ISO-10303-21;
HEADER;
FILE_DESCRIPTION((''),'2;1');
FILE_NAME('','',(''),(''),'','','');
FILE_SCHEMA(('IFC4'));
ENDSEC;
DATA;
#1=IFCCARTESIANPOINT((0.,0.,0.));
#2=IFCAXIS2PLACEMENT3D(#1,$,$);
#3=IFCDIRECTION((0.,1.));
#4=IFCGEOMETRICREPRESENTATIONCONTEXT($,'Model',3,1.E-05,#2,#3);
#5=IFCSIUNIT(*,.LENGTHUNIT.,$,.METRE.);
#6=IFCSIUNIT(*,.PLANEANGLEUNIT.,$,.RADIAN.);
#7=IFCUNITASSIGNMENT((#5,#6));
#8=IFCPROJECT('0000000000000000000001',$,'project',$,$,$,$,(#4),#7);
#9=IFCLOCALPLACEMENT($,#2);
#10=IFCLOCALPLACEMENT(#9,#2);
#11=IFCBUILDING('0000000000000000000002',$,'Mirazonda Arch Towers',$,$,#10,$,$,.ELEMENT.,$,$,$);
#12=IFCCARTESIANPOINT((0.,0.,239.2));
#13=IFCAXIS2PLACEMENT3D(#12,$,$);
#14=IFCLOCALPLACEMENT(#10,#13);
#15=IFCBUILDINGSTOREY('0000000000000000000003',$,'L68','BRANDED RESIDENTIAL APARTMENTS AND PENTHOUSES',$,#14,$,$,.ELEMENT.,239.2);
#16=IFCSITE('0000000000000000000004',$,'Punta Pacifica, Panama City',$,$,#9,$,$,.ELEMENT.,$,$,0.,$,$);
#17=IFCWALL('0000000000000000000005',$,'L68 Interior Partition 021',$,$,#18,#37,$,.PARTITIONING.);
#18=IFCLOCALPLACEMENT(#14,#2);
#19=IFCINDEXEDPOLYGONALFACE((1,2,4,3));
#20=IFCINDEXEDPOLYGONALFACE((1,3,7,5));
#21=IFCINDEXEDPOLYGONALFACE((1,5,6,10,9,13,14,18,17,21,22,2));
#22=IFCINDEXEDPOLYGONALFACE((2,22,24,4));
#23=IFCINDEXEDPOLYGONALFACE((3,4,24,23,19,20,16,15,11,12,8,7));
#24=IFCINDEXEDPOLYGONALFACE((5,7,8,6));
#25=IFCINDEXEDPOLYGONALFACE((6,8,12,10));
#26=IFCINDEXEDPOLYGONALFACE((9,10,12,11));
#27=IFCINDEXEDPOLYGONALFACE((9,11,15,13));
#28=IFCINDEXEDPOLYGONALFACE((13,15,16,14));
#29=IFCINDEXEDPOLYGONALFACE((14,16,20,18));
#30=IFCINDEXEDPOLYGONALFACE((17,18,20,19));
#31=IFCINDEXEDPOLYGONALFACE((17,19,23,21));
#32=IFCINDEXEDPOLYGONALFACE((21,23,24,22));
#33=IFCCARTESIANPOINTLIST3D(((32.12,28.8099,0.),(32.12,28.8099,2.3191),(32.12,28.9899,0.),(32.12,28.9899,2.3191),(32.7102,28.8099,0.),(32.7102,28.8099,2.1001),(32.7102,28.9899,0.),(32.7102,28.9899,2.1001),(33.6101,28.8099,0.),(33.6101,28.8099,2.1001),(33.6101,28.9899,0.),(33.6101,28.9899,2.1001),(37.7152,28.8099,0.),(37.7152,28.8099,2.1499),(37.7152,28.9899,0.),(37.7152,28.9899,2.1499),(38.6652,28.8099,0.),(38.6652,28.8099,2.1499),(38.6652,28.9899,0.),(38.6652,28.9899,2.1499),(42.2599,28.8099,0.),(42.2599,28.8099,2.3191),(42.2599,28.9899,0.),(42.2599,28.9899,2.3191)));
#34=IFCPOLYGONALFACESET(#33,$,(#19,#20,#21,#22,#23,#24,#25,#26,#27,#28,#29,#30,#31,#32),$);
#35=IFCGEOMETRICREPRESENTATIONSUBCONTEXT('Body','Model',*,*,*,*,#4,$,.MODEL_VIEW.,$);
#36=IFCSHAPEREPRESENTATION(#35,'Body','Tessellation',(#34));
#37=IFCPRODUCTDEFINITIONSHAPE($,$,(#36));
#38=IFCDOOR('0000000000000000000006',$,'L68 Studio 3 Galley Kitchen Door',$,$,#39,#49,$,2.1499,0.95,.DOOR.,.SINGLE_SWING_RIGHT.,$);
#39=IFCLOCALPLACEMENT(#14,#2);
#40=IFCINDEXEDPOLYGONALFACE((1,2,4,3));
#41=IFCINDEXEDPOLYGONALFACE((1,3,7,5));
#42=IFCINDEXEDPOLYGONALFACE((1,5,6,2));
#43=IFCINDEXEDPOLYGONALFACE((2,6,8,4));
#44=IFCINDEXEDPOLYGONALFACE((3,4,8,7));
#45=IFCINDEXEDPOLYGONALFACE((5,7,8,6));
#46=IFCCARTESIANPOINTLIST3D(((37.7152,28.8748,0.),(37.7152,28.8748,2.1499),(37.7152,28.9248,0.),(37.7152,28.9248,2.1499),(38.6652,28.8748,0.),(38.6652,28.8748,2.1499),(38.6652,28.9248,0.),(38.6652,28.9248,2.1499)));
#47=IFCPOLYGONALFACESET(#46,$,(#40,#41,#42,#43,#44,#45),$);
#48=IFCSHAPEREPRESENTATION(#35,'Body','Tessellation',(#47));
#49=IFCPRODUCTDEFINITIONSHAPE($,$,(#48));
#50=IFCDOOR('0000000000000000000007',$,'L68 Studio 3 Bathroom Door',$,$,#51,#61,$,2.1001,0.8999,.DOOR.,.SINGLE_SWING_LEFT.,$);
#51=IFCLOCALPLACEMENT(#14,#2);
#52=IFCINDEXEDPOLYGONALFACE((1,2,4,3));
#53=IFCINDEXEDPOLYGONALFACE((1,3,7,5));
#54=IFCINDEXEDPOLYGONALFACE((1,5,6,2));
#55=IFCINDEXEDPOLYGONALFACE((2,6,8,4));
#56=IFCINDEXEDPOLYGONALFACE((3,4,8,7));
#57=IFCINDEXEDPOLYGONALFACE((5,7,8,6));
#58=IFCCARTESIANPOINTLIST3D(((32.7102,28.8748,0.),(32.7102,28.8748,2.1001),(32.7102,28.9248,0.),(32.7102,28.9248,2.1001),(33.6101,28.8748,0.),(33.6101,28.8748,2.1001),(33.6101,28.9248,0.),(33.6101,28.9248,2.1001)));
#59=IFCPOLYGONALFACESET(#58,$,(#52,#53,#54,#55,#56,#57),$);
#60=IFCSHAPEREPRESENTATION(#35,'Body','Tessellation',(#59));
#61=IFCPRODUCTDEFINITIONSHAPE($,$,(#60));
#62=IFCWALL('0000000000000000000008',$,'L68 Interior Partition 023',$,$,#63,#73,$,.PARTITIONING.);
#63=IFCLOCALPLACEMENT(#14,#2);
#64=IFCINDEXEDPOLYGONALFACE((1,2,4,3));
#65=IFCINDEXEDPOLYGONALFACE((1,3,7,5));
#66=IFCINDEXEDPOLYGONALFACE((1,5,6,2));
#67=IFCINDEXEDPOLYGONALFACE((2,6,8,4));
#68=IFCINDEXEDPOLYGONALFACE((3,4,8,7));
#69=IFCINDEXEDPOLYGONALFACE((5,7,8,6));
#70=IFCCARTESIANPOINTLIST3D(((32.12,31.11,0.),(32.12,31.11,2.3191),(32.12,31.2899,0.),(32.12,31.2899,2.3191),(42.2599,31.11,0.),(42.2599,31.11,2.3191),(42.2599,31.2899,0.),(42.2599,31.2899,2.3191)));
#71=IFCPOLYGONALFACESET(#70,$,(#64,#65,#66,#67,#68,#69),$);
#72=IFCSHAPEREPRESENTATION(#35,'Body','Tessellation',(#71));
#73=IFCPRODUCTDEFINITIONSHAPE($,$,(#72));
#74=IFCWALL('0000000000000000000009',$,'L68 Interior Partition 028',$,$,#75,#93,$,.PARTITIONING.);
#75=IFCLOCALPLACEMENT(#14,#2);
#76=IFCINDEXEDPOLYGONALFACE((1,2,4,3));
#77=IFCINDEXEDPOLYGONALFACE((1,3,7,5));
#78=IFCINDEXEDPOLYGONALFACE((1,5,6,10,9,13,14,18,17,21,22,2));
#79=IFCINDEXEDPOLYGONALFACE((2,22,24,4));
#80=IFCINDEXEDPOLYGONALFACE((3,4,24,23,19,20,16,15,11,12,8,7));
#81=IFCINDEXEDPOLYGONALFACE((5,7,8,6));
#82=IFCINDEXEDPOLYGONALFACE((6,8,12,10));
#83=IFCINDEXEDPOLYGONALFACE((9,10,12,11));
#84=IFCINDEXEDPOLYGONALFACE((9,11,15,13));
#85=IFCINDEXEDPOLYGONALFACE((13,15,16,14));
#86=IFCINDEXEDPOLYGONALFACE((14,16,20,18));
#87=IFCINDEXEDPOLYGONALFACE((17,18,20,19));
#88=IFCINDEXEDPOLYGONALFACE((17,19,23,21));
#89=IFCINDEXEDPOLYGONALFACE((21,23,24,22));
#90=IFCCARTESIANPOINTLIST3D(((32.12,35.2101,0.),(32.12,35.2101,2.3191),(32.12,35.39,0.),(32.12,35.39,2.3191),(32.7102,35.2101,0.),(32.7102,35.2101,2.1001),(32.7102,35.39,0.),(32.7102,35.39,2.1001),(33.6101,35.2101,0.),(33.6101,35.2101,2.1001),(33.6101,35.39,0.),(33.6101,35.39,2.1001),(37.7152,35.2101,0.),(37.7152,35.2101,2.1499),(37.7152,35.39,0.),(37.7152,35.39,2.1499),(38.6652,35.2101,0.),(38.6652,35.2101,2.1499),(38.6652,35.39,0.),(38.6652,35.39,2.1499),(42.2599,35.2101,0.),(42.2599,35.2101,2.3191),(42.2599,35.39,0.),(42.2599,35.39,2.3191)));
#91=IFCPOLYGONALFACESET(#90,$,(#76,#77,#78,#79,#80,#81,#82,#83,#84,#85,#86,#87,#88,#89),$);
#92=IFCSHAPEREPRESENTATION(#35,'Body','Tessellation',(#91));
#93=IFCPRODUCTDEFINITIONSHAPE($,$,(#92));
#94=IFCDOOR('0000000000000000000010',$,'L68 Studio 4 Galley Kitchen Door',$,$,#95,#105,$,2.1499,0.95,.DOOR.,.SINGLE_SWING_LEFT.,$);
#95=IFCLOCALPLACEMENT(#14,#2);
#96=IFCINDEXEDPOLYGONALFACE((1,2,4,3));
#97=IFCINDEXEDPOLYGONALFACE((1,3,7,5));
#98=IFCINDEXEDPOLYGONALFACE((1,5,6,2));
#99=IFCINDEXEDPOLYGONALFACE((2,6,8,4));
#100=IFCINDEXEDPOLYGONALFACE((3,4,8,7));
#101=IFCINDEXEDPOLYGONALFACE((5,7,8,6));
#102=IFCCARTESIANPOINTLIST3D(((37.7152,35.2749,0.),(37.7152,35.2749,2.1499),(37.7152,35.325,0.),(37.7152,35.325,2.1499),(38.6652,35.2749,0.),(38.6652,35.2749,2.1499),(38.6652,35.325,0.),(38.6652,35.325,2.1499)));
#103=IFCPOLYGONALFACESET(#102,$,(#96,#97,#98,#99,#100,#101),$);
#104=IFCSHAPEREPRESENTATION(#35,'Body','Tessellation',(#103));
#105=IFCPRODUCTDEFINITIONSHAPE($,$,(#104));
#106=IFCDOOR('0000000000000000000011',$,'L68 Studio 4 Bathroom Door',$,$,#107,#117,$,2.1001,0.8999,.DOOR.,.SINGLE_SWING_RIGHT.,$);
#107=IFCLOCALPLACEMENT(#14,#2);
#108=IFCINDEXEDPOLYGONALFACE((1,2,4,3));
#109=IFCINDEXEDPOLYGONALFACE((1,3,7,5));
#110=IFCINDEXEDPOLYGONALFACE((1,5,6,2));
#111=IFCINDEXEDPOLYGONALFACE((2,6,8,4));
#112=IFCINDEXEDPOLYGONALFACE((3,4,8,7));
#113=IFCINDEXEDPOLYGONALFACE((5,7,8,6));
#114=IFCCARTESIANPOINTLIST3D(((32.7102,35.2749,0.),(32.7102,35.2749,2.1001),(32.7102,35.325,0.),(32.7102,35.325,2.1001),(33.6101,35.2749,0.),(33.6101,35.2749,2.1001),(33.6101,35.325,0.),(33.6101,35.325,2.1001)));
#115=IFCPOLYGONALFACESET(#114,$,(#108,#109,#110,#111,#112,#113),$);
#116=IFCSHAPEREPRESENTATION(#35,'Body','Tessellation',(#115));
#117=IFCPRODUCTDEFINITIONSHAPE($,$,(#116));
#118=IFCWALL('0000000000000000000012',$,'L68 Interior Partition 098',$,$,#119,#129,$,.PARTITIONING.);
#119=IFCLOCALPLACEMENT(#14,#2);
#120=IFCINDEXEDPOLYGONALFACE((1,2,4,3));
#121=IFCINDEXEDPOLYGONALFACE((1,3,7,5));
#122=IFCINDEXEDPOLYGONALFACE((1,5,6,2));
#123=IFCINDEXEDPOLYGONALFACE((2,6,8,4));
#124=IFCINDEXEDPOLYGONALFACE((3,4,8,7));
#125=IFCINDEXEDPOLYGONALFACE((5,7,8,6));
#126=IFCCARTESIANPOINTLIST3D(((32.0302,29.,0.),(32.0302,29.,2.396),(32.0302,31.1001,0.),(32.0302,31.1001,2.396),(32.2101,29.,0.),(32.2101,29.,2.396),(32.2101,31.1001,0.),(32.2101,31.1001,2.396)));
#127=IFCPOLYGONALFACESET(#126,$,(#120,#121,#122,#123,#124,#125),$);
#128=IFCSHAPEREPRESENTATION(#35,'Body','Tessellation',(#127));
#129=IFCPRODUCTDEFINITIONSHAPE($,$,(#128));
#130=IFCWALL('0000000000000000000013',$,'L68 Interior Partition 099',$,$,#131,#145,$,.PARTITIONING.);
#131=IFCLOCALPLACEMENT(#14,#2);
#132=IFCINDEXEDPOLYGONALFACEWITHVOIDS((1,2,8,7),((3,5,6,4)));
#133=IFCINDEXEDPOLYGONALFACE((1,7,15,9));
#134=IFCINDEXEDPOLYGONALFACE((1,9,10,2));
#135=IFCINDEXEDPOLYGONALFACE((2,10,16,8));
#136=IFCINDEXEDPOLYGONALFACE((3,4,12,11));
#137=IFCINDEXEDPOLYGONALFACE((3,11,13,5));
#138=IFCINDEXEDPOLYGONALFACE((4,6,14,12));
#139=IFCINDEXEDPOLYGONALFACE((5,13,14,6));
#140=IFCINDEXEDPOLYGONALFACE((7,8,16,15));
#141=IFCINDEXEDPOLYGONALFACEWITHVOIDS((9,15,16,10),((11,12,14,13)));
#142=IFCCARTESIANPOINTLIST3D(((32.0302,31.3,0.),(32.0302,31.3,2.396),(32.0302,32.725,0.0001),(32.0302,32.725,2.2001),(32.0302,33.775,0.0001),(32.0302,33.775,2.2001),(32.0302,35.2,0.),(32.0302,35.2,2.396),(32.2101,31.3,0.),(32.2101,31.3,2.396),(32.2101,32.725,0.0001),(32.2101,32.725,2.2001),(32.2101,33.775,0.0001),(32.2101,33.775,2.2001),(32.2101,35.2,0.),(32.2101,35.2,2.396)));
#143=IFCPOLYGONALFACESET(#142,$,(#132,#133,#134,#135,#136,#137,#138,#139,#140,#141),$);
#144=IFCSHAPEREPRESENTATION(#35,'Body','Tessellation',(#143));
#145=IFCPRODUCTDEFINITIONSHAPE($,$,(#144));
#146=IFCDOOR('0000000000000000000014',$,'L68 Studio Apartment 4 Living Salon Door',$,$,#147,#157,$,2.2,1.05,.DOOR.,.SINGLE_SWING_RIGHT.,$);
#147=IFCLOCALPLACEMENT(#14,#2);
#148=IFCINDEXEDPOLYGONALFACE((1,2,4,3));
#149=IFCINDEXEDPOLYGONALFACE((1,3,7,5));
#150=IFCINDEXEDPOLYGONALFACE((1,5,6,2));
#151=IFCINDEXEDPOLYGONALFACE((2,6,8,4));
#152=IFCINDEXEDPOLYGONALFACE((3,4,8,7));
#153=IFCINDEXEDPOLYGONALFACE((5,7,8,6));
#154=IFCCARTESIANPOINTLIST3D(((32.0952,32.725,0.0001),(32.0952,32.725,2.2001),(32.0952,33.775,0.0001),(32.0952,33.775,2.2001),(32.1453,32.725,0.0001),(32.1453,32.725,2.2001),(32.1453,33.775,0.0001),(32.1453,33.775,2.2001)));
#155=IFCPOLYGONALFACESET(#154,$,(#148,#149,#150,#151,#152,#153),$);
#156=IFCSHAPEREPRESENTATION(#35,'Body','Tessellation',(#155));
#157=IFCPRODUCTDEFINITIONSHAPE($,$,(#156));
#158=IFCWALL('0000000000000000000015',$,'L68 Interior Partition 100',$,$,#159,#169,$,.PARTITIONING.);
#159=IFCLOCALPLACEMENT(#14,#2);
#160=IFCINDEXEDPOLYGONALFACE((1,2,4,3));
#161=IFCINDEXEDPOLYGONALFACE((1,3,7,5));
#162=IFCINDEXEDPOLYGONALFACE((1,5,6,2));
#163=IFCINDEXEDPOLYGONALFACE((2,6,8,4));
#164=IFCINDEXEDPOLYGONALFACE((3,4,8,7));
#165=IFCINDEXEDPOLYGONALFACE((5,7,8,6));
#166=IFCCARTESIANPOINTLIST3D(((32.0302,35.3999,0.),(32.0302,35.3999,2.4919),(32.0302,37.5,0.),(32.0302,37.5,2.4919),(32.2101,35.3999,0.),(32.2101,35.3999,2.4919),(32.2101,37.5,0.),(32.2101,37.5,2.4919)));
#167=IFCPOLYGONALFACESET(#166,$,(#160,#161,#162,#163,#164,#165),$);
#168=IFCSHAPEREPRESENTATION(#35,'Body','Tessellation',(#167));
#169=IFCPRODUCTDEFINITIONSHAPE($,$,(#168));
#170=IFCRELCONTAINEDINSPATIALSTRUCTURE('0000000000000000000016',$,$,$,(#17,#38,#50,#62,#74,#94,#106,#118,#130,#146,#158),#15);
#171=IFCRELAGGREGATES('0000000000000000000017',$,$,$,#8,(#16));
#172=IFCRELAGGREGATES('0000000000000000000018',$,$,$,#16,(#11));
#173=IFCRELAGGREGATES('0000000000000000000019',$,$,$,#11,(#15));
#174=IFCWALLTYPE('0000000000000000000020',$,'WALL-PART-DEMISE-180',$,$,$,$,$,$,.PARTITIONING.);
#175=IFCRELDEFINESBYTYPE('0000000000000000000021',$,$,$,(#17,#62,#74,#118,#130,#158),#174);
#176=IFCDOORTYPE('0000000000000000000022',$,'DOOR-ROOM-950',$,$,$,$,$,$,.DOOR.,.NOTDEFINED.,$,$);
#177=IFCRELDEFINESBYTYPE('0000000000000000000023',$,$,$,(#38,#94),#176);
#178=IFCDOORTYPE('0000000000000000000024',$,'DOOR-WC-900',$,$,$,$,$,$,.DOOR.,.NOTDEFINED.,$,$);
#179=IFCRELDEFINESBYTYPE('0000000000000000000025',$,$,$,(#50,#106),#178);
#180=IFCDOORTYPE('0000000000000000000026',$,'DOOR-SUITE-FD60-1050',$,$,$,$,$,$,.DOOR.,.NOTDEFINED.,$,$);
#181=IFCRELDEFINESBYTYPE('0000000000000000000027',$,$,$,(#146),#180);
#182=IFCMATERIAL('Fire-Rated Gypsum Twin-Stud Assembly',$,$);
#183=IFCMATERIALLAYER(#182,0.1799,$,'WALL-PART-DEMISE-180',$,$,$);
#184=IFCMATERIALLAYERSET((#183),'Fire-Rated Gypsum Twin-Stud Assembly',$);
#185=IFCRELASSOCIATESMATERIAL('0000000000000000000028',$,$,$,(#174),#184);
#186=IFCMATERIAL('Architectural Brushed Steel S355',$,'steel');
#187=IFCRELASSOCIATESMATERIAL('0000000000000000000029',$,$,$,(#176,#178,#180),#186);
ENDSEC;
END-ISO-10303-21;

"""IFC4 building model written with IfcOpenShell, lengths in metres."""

from ifc_helpers import new_model, si_unit, direction, frame, frame_2d, origin, place, context, subcontext, project, spatial, rectangle, extrude, material, layer, layer_set, type_object, element, fill, save


model = new_model("IFC4")

# Units and contexts
model_context = context("Model", 3, precision=1e-05, world=origin(), true_north=direction((0.0, 1.0)))
body_context = subcontext(model_context, "Body", "Model", "MODEL_VIEW")
ifc_project = project(units=[si_unit("LENGTHUNIT", "METRE"), si_unit("PLANEANGLEUNIT", "RADIAN")], contexts=[model_context])

# Site, building, storey
site_placement = place(None, origin())
site = spatial("IfcSite", under=ifc_project, at=site_placement, Name="Punta Pacifica, Panama City", CompositionType="ELEMENT", RefElevation=0.0)
building_placement = place(site_placement, origin())
building = spatial("IfcBuilding", under=site, at=building_placement, Name="Mirazonda Arch Towers", CompositionType="ELEMENT")
storey_placement = place(building_placement, frame((0.0, 0.0, 239.2)))
storey = spatial("IfcBuildingStorey", under=building, at=storey_placement, Name="L68", Description="BRANDED RESIDENTIAL APARTMENTS AND PENTHOUSES", CompositionType="ELEMENT", Elevation=239.2)

# Wall, openings, doors
ifc_material_1 = material(Name="Fire-Rated Gypsum Twin-Stud Assembly")
ifc_layer_1 = layer(ifc_material_1, 0.1799, Name="WALL-PART-DEMISE-180")
ifc_layer_set_1 = layer_set([ifc_layer_1], Name="Fire-Rated Gypsum Twin-Stud Assembly")
wall_type_1 = type_object("IfcWallType", Name="WALL-PART-DEMISE-180", PredefinedType="PARTITIONING", material=ifc_layer_set_1)
wall_1_placement = place(storey_placement, frame((32.1201, 28.8999, 0.0), z_axis=(0.0, 0.0, 1.0), x_axis=(1.0, 0.0, 0.0)))
wall_1 = element("IfcWall", 1, at=wall_1_placement, inside=storey, type_object=wall_type_1, Name="L68 Interior Partition 021", PredefinedType="PARTITIONING", context=body_context, shape_type="SweptSolid", body=[
    extrude(rectangle(XDim=10.1399, YDim=0.1799, at=frame_2d((5.0698, 0.0))), origin(), (0.0, 0.0, 1.0), 2.3191),
])
opening_1_placement = place(wall_1_placement, frame((5.595, 0.0, 0.0)))
opening_1 = element("IfcOpeningElement", 2, at=opening_1_placement, cuts=wall_1, PredefinedType="OPENING", context=body_context, shape_type="SweptSolid", body=[
    extrude(rectangle(XDim=0.95, YDim=2.1499, at=frame_2d((0.4751, 1.075))), frame((0.0, 0.0999, 0.0), z_axis=(0.0, -1.0, 0.0), x_axis=(1.0, 0.0, 0.0)), (0.0, 0.0, 1.0), 0.2),
])
opening_2_placement = place(wall_1_placement, frame((0.5901, 0.0, 0.0)))
opening_2 = element("IfcOpeningElement", 3, at=opening_2_placement, cuts=wall_1, PredefinedType="OPENING", context=body_context, shape_type="SweptSolid", body=[
    extrude(rectangle(XDim=0.8999, YDim=2.1001, at=frame_2d((0.45, 1.05))), frame((0.0, 0.0999, 0.0), z_axis=(0.0, -1.0, 0.0), x_axis=(1.0, 0.0, 0.0)), (0.0, 0.0, 1.0), 0.2),
])
ifc_material_2 = material(Name="Architectural Brushed Steel S355", Category="steel")
door_type_1 = type_object("IfcDoorType", Name="DOOR-ROOM-950", OperationType="NOTDEFINED", PredefinedType="DOOR", material=ifc_material_2)
door_1_placement = place(opening_1_placement, origin())
door_1 = element("IfcDoor", 4, at=door_1_placement, inside=storey, type_object=door_type_1, Name="L68 Studio 3 Galley Kitchen Door", OperationType="SINGLE_SWING_RIGHT", OverallHeight=2.1499, OverallWidth=0.95, PredefinedType="DOOR", context=body_context, shape_type="SweptSolid", body=[
    extrude(rectangle(XDim=0.95, YDim=2.1499, at=frame_2d((0.4751, 1.075))), frame((0.0, 0.0249, 0.0), z_axis=(0.0, -1.0, 0.0), x_axis=(1.0, 0.0, 0.0)), (0.0, 0.0, 1.0), 0.05),
])
fill(opening_1, door_1)
door_type_2 = type_object("IfcDoorType", Name="DOOR-WC-900", OperationType="NOTDEFINED", PredefinedType="DOOR", material=ifc_material_2)
door_2_placement = place(opening_2_placement, origin())
door_2 = element("IfcDoor", 5, at=door_2_placement, inside=storey, type_object=door_type_2, Name="L68 Studio 3 Bathroom Door", OperationType="SINGLE_SWING_LEFT", OverallHeight=2.1001, OverallWidth=0.8999, PredefinedType="DOOR", context=body_context, shape_type="SweptSolid", body=[
    extrude(rectangle(XDim=0.8999, YDim=2.1001, at=frame_2d((0.45, 1.05))), frame((0.0, 0.0249, 0.0), z_axis=(0.0, -1.0, 0.0), x_axis=(1.0, 0.0, 0.0)), (0.0, 0.0, 1.0), 0.05),
])
fill(opening_2, door_2)

# Wall
wall_2_placement = place(storey_placement, frame((32.1201, 31.2, 0.0), z_axis=(0.0, 0.0, 1.0), x_axis=(1.0, 0.0, 0.0)))
element("IfcWall", 6, at=wall_2_placement, inside=storey, type_object=wall_type_1, Name="L68 Interior Partition 023", PredefinedType="PARTITIONING", context=body_context, shape_type="SweptSolid", body=[
    extrude(rectangle(XDim=10.1399, YDim=0.1799, at=frame_2d((5.0698, 0.0))), origin(), (0.0, 0.0, 1.0), 2.3191),
])

# Wall, openings, doors
wall_3_placement = place(storey_placement, frame((32.1201, 35.3, 0.0), z_axis=(0.0, 0.0, 1.0), x_axis=(1.0, 0.0, 0.0)))
wall_3 = element("IfcWall", 7, at=wall_3_placement, inside=storey, type_object=wall_type_1, Name="L68 Interior Partition 028", PredefinedType="PARTITIONING", context=body_context, shape_type="SweptSolid", body=[
    extrude(rectangle(XDim=10.1399, YDim=0.1799, at=frame_2d((5.0698, 0.0))), origin(), (0.0, 0.0, 1.0), 2.3191),
])
opening_3_placement = place(wall_3_placement, frame((5.595, 0.0, 0.0)))
opening_3 = element("IfcOpeningElement", 8, at=opening_3_placement, cuts=wall_3, PredefinedType="OPENING", context=body_context, shape_type="SweptSolid", body=[
    extrude(rectangle(XDim=0.95, YDim=2.1499, at=frame_2d((0.4751, 1.075))), frame((0.0, 0.0999, 0.0), z_axis=(0.0, -1.0, 0.0), x_axis=(1.0, 0.0, 0.0)), (0.0, 0.0, 1.0), 0.2),
])
opening_4_placement = place(wall_3_placement, frame((0.5901, 0.0, 0.0)))
opening_4 = element("IfcOpeningElement", 9, at=opening_4_placement, cuts=wall_3, PredefinedType="OPENING", context=body_context, shape_type="SweptSolid", body=[
    extrude(rectangle(XDim=0.8999, YDim=2.1001, at=frame_2d((0.45, 1.05))), frame((0.0, 0.0999, 0.0), z_axis=(0.0, -1.0, 0.0), x_axis=(1.0, 0.0, 0.0)), (0.0, 0.0, 1.0), 0.2),
])
door_3_placement = place(opening_3_placement, origin())
door_3 = element("IfcDoor", 10, at=door_3_placement, inside=storey, type_object=door_type_1, Name="L68 Studio 4 Galley Kitchen Door", OperationType="SINGLE_SWING_LEFT", OverallHeight=2.1499, OverallWidth=0.95, PredefinedType="DOOR", context=body_context, shape_type="SweptSolid", body=[
    extrude(rectangle(XDim=0.95, YDim=2.1499, at=frame_2d((0.4751, 1.075))), frame((0.0, 0.0249, 0.0), z_axis=(0.0, -1.0, 0.0), x_axis=(1.0, 0.0, 0.0)), (0.0, 0.0, 1.0), 0.05),
])
fill(opening_3, door_3)
door_4_placement = place(opening_4_placement, origin())
door_4 = element("IfcDoor", 11, at=door_4_placement, inside=storey, type_object=door_type_2, Name="L68 Studio 4 Bathroom Door", OperationType="SINGLE_SWING_RIGHT", OverallHeight=2.1001, OverallWidth=0.8999, PredefinedType="DOOR", context=body_context, shape_type="SweptSolid", body=[
    extrude(rectangle(XDim=0.8999, YDim=2.1001, at=frame_2d((0.45, 1.05))), frame((0.0, 0.0249, 0.0), z_axis=(0.0, -1.0, 0.0), x_axis=(1.0, 0.0, 0.0)), (0.0, 0.0, 1.0), 0.05),
])
fill(opening_4, door_4)

# Wall
wall_4_placement = place(storey_placement, frame((32.1201, 29.0, 0.0), z_axis=(0.0, 0.0, 1.0), x_axis=(0.0, 1.0, 0.0)))
element("IfcWall", 12, at=wall_4_placement, inside=storey, type_object=wall_type_1, Name="L68 Interior Partition 098", PredefinedType="PARTITIONING", context=body_context, shape_type="SweptSolid", body=[
    extrude(rectangle(XDim=2.1001, YDim=0.1799, at=frame_2d((1.05, 0.0))), origin(), (0.0, 0.0, 1.0), 2.396),
])

# Wall, opening, door
wall_5_placement = place(storey_placement, frame((32.1201, 31.3, 0.0), z_axis=(0.0, 0.0, 1.0), x_axis=(0.0, 1.0, 0.0)))
wall_5 = element("IfcWall", 13, at=wall_5_placement, inside=storey, type_object=wall_type_1, Name="L68 Interior Partition 099", PredefinedType="PARTITIONING", context=body_context, shape_type="SweptSolid", body=[
    extrude(rectangle(XDim=3.8999, YDim=0.1799, at=frame_2d((1.95, 0.0))), origin(), (0.0, 0.0, 1.0), 2.396),
])
opening_5_placement = place(wall_5_placement, frame((1.425, 0.0, 0.0)))
opening_5 = element("IfcOpeningElement", 14, at=opening_5_placement, cuts=wall_5, PredefinedType="OPENING", context=body_context, shape_type="SweptSolid", body=[
    extrude(rectangle(XDim=1.05, YDim=2.2, at=frame_2d((0.5249, 1.1001))), frame((0.0, 0.0999, 0.0), z_axis=(0.0, -1.0, 0.0), x_axis=(1.0, 0.0, 0.0)), (0.0, 0.0, 1.0), 0.2),
])
door_type_3 = type_object("IfcDoorType", Name="DOOR-SUITE-FD60-1050", OperationType="NOTDEFINED", PredefinedType="DOOR", material=ifc_material_2)
door_5_placement = place(opening_5_placement, origin())
door_5 = element("IfcDoor", 15, at=door_5_placement, inside=storey, type_object=door_type_3, Name="L68 Studio Apartment 4 Living Salon Door", OperationType="SINGLE_SWING_RIGHT", OverallHeight=2.2, OverallWidth=1.05, PredefinedType="DOOR", context=body_context, shape_type="SweptSolid", body=[
    extrude(rectangle(XDim=1.05, YDim=2.2, at=frame_2d((0.5249, 1.1001))), frame((0.0, 0.0249, 0.0), z_axis=(0.0, -1.0, 0.0), x_axis=(1.0, 0.0, 0.0)), (0.0, 0.0, 1.0), 0.05),
])
fill(opening_5, door_5)

# Wall
wall_6_placement = place(storey_placement, frame((32.1201, 35.3999, 0.0), z_axis=(0.0, 0.0, 1.0), x_axis=(0.0, 1.0, 0.0)))
element("IfcWall", 16, at=wall_6_placement, inside=storey, type_object=wall_type_1, Name="L68 Interior Partition 100", PredefinedType="PARTITIONING", context=body_context, shape_type="SweptSolid", body=[
    extrude(rectangle(XDim=2.1001, YDim=0.1799, at=frame_2d((1.05, 0.0))), origin(), (0.0, 0.0, 1.0), 2.4919),
])

save(model, "model.ifc")
